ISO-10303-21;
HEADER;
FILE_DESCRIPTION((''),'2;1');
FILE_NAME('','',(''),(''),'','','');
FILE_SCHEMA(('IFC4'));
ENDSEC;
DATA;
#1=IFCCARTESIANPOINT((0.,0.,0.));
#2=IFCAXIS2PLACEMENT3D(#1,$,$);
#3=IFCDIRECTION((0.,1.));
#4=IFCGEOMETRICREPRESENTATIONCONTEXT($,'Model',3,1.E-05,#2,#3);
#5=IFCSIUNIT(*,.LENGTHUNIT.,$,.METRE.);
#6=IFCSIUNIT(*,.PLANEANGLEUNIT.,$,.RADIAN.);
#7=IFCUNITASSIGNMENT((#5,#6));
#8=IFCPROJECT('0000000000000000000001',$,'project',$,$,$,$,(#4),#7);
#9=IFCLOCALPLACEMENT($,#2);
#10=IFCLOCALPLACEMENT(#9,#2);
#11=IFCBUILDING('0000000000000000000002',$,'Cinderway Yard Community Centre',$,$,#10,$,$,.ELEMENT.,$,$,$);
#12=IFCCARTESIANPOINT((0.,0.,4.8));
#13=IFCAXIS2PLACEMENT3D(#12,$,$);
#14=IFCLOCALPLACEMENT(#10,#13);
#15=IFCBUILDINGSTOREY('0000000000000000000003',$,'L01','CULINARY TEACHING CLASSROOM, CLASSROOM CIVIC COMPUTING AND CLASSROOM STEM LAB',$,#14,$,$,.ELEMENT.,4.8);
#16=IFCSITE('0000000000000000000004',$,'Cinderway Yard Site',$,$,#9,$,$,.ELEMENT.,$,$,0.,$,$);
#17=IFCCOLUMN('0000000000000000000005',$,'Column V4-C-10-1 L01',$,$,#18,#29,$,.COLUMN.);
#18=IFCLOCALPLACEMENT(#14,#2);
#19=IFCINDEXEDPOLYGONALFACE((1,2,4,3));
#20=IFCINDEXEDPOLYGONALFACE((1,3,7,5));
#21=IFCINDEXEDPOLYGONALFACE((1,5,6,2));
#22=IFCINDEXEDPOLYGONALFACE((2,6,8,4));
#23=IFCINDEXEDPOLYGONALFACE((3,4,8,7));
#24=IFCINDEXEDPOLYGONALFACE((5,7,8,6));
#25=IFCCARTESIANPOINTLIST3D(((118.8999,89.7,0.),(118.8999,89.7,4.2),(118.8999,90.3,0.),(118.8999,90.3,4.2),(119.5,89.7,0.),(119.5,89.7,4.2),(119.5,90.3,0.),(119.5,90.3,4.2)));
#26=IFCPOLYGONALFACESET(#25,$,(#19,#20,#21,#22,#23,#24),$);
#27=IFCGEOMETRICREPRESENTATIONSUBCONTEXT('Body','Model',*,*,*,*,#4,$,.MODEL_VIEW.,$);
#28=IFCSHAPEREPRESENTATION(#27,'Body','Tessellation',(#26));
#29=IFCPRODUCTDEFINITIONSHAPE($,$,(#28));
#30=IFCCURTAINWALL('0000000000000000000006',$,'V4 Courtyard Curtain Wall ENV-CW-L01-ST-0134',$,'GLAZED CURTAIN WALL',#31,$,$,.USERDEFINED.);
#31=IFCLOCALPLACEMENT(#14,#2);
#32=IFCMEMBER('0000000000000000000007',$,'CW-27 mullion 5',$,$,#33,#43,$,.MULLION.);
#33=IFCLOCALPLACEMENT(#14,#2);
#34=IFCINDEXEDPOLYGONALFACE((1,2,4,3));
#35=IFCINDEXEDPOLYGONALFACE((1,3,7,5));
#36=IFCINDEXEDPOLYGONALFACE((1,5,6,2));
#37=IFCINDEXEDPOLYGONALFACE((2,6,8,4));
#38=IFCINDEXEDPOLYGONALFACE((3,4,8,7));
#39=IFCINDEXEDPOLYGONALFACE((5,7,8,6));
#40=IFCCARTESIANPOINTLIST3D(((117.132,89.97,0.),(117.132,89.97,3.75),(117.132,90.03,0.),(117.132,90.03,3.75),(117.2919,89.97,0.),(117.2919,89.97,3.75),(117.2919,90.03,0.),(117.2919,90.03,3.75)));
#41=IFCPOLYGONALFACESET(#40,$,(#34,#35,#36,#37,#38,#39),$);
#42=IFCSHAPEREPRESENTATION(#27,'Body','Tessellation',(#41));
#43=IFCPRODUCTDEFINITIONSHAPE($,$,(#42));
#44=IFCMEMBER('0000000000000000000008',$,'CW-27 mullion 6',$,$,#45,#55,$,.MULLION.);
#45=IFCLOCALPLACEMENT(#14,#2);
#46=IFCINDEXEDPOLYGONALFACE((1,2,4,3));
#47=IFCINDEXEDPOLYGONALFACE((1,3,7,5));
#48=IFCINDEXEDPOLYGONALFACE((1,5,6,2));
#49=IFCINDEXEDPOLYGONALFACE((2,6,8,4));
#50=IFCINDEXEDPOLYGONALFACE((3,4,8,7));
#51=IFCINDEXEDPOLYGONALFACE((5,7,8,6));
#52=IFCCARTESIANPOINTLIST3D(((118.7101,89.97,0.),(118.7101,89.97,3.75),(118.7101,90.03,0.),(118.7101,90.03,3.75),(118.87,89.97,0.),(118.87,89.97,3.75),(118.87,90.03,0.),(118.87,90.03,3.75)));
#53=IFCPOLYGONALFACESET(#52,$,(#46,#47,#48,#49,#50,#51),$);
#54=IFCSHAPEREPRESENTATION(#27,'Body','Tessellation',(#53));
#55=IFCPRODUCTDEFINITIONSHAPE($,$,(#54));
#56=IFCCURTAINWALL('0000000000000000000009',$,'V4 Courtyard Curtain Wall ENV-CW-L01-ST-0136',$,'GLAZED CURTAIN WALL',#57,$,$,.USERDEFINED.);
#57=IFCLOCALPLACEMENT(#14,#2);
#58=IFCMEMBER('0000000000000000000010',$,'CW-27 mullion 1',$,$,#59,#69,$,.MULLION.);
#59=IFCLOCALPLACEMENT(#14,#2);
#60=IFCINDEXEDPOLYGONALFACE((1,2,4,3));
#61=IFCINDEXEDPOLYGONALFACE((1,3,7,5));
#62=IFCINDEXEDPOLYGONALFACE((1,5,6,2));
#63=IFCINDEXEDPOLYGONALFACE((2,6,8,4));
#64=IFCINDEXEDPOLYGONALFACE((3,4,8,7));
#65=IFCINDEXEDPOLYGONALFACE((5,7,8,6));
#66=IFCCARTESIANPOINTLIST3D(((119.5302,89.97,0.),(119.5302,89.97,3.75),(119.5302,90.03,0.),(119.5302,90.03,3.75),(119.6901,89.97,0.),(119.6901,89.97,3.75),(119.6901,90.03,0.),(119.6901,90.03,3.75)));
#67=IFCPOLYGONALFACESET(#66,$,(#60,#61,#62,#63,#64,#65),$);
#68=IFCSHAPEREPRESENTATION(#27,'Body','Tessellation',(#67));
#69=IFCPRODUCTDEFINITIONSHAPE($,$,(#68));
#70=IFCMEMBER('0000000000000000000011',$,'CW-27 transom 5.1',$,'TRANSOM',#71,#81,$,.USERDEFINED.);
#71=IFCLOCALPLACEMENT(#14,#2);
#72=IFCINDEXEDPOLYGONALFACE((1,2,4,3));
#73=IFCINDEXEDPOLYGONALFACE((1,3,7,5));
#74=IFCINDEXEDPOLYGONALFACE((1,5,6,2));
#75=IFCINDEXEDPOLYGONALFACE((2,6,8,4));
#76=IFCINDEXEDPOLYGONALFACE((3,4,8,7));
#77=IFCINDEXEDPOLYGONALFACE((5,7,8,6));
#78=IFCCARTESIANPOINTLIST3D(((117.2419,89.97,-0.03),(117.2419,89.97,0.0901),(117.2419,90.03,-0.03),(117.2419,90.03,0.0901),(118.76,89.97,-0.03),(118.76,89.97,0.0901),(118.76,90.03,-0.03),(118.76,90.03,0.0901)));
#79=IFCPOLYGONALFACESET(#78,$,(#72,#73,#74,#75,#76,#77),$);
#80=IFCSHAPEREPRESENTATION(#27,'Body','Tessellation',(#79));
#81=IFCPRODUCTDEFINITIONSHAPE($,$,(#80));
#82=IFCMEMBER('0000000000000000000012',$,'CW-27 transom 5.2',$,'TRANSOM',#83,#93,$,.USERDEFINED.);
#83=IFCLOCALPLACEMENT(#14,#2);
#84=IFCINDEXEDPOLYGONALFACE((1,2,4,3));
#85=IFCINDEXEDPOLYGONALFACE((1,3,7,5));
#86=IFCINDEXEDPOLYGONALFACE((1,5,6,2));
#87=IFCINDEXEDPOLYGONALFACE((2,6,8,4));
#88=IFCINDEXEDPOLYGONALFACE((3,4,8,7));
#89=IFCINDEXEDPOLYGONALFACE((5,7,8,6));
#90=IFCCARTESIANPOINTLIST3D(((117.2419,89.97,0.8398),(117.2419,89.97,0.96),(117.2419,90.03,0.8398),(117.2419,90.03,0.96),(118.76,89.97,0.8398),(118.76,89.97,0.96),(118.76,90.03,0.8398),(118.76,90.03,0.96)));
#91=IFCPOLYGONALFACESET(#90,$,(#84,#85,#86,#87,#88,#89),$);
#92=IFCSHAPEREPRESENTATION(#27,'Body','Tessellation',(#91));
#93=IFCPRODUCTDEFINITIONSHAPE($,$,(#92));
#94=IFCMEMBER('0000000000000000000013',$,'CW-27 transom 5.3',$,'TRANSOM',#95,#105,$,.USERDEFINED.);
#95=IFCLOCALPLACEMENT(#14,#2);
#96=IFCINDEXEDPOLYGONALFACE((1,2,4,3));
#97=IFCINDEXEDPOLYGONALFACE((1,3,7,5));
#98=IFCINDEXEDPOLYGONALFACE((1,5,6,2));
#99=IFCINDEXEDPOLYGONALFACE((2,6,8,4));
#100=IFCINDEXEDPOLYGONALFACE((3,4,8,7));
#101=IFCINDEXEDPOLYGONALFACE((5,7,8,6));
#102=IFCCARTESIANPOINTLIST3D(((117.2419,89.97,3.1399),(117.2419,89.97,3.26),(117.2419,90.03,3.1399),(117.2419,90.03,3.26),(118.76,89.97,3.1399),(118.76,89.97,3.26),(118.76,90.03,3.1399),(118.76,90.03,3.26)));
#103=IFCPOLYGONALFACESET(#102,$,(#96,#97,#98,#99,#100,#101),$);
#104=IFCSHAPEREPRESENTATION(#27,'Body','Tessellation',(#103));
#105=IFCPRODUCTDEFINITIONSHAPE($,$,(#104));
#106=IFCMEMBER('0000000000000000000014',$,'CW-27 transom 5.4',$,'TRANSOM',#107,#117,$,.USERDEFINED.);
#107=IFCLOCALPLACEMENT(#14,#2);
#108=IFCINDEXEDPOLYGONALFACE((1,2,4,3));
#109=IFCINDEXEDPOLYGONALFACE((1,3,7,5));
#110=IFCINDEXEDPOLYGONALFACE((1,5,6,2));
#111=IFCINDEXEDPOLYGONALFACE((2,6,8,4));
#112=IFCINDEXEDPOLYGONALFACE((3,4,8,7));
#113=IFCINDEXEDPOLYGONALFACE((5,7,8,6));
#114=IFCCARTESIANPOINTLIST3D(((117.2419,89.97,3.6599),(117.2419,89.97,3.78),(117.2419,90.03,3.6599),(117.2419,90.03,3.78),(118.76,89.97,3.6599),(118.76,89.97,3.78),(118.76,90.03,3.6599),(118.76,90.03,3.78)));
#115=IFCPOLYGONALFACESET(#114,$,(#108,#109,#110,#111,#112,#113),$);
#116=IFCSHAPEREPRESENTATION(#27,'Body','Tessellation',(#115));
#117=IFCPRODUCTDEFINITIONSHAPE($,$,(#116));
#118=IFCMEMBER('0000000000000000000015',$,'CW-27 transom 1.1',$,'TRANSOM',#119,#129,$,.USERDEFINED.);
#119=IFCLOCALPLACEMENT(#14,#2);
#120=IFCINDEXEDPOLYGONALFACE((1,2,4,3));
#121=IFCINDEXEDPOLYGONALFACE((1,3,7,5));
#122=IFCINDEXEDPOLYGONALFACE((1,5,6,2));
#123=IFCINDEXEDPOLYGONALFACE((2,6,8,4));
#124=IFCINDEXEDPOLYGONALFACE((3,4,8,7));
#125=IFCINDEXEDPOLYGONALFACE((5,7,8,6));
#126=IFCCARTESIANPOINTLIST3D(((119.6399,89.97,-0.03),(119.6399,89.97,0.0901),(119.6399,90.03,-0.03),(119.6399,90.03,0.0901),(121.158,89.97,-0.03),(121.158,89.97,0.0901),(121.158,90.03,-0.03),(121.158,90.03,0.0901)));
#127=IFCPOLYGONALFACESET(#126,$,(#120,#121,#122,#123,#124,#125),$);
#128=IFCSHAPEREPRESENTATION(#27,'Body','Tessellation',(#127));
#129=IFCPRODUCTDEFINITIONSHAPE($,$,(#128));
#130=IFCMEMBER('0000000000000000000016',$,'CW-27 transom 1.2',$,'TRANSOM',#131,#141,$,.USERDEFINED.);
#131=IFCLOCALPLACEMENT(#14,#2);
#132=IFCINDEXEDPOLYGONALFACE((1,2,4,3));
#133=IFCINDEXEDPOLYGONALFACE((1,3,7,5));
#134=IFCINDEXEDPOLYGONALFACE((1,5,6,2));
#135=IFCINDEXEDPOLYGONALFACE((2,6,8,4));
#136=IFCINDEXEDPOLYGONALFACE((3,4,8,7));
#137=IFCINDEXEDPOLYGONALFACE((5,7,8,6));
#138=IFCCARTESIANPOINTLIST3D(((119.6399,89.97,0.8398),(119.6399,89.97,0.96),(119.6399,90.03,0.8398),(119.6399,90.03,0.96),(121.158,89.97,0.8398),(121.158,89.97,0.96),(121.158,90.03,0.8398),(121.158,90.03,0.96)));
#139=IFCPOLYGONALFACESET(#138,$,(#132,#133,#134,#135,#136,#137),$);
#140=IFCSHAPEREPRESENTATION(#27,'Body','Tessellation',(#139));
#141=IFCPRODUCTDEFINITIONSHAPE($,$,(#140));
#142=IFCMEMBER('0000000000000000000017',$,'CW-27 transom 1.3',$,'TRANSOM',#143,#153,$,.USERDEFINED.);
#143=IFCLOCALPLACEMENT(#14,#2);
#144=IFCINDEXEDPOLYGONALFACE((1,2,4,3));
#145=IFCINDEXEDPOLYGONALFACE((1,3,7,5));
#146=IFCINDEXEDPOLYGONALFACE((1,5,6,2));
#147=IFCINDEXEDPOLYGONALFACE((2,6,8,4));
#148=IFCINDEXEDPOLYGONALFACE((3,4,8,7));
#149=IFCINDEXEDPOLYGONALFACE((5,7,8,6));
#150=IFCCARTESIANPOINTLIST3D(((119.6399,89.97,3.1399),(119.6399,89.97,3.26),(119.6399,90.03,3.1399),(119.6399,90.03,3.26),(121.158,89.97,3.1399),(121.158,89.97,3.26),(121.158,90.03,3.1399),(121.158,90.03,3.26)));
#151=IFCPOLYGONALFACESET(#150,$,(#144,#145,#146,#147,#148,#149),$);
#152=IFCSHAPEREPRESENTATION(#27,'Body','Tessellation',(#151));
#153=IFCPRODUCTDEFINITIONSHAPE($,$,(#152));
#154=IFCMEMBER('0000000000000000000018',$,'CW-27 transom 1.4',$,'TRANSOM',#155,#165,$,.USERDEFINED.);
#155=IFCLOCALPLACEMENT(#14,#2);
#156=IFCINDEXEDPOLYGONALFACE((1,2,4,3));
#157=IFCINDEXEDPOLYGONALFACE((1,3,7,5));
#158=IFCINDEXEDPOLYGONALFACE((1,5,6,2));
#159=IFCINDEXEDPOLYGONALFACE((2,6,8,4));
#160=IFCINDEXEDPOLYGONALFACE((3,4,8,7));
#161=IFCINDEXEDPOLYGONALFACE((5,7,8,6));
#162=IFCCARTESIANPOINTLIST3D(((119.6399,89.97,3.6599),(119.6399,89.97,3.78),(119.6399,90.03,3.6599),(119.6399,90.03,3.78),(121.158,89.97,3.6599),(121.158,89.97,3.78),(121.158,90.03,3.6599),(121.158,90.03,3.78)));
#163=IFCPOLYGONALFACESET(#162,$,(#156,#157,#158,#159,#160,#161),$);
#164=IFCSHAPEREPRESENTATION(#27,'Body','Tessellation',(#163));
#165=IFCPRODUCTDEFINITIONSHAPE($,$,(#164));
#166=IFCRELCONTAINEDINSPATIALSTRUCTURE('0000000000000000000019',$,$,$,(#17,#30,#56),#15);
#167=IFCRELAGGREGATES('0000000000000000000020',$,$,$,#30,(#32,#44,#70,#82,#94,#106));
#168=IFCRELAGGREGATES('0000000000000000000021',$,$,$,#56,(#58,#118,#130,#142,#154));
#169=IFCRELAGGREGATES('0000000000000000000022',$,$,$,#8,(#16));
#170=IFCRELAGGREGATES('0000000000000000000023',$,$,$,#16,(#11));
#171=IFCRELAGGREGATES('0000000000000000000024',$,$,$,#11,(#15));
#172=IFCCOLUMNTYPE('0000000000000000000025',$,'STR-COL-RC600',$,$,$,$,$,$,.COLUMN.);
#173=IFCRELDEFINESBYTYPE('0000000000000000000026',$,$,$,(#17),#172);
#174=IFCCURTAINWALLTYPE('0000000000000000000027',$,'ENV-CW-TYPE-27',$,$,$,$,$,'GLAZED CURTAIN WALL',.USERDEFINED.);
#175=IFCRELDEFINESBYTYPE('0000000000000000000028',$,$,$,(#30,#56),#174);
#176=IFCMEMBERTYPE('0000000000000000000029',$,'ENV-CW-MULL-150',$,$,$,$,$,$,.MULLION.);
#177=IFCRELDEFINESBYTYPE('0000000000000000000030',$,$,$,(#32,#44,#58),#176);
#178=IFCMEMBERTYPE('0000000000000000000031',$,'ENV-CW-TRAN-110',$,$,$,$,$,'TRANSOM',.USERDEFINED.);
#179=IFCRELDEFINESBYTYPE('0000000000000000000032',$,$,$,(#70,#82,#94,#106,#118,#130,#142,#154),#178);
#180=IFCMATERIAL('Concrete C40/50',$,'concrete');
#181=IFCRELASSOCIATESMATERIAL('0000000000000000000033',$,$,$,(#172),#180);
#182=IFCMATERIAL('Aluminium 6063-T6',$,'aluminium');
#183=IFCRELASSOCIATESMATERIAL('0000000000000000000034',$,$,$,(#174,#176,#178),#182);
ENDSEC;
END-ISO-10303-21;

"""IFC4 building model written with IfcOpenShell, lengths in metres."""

from ifc_helpers import new_model, si_unit, direction, frame, origin, origin_2d, place, context, subcontext, project, spatial, rectangle, extrude, material, material_profile, profile_set, type_object, element, aggregate, save


model = new_model("IFC4")

# Units and contexts
model_context = context("Model", 3, precision=1e-05, world=origin(), true_north=direction((0.0, 1.0)))
body_context = subcontext(model_context, "Body", "Model", "MODEL_VIEW")
ifc_project = project(units=[si_unit("LENGTHUNIT", "METRE"), si_unit("PLANEANGLEUNIT", "RADIAN")], contexts=[model_context])

# Site, building, storey
site_placement = place(None, origin())
site = spatial("IfcSite", under=ifc_project, at=site_placement, Name="Cinderway Yard Site", CompositionType="ELEMENT", RefElevation=0.0)
building_placement = place(site_placement, origin())
building = spatial("IfcBuilding", under=site, at=building_placement, Name="Cinderway Yard Community Centre", CompositionType="ELEMENT")
storey_placement = place(building_placement, frame((0.0, 0.0, 4.8)))
storey = spatial("IfcBuildingStorey", under=building, at=storey_placement, Name="L01", Description="CULINARY TEACHING CLASSROOM, CLASSROOM CIVIC COMPUTING AND CLASSROOM STEM LAB", CompositionType="ELEMENT", Elevation=4.8)

# Column
ifc_material_1 = material(Name="Concrete C40/50", Category="concrete")
ifc_material_profile_1 = material_profile(ifc_material_1, rectangle(XDim=0.6001, YDim=0.6001, at=origin_2d()), Name="Concrete C40/50")
ifc_profile_set_1 = profile_set([ifc_material_profile_1], Name="Concrete C40/50")
column_type = type_object("IfcColumnType", Name="STR-COL-RC600", PredefinedType="COLUMN", material=ifc_profile_set_1)
column_placement = place(storey_placement, frame((119.2, 90.0, 0.0), z_axis=(0.0, 0.0, 1.0), x_axis=(1.0, 0.0, 0.0)))
element("IfcColumn", 1, at=column_placement, inside=storey, type_object=column_type, Name="Column V4-C-10-1 L01", PredefinedType="COLUMN", context=body_context, shape_type="SweptSolid", body=[
    extrude(rectangle(XDim=0.6001, YDim=0.6001, at=origin_2d()), origin(), (0.0, 0.0, 1.0), 4.2),
])

# Curtain wall, members
ifc_material_2 = material(Name="Aluminium 6063-T6", Category="aluminium")
curtain_wall_type = type_object("IfcCurtainWallType", Name="ENV-CW-TYPE-27", ElementType="GLAZED CURTAIN WALL", PredefinedType="USERDEFINED", material=ifc_material_2)
curtain_wall_1_placement = place(storey_placement, origin())
curtain_wall_1 = element("IfcCurtainWall", 2, at=curtain_wall_1_placement, inside=storey, type_object=curtain_wall_type, Name="V4 Courtyard Curtain Wall ENV-CW-L01-ST-0134", ObjectType="GLAZED CURTAIN WALL", PredefinedType="USERDEFINED")
ifc_material_profile_2 = material_profile(ifc_material_2, rectangle(XDim=0.0601, YDim=0.1599, at=origin_2d()), Name="Aluminium 6063-T6")
ifc_profile_set_2 = profile_set([ifc_material_profile_2], Name="Aluminium 6063-T6")
member_type_1 = type_object("IfcMemberType", Name="ENV-CW-MULL-150", PredefinedType="MULLION", material=ifc_profile_set_2)
member_1_placement = place(storey_placement, frame((117.2119, 90.0, 0.0), z_axis=(0.0, 0.0, 1.0), x_axis=(0.0, 1.0, 0.0)))
member_1 = element("IfcMember", 3, at=member_1_placement, type_object=member_type_1, Name="CW-27 mullion 5", PredefinedType="MULLION", context=body_context, shape_type="SweptSolid", body=[
    extrude(rectangle(XDim=0.0601, YDim=0.1599, at=origin_2d()), origin(), (0.0, 0.0, 1.0), 3.75),
])
member_2_placement = place(storey_placement, frame((118.79, 90.0, 0.0), z_axis=(0.0, 0.0, 1.0), x_axis=(0.0, 1.0, 0.0)))
member_2 = element("IfcMember", 4, at=member_2_placement, type_object=member_type_1, Name="CW-27 mullion 6", PredefinedType="MULLION", context=body_context, shape_type="SweptSolid", body=[
    extrude(rectangle(XDim=0.0601, YDim=0.1599, at=origin_2d()), origin(), (0.0, 0.0, 1.0), 3.75),
])

# Curtain wall, member
curtain_wall_2_placement = place(storey_placement, origin())
curtain_wall_2 = element("IfcCurtainWall", 5, at=curtain_wall_2_placement, inside=storey, type_object=curtain_wall_type, Name="V4 Courtyard Curtain Wall ENV-CW-L01-ST-0136", ObjectType="GLAZED CURTAIN WALL", PredefinedType="USERDEFINED")
member_3_placement = place(storey_placement, frame((119.6101, 90.0, 0.0), z_axis=(0.0, 0.0, 1.0), x_axis=(0.0, 1.0, 0.0)))
member_3 = element("IfcMember", 6, at=member_3_placement, type_object=member_type_1, Name="CW-27 mullion 1", PredefinedType="MULLION", context=body_context, shape_type="SweptSolid", body=[
    extrude(rectangle(XDim=0.0601, YDim=0.1599, at=origin_2d()), origin(), (0.0, 0.0, 1.0), 3.75),
])

# Members
ifc_material_profile_3 = material_profile(ifc_material_2, rectangle(XDim=0.0601, YDim=0.1201, at=origin_2d()), Name="Aluminium 6063-T6")
ifc_profile_set_3 = profile_set([ifc_material_profile_3], Name="Aluminium 6063-T6")
member_type_2 = type_object("IfcMemberType", Name="ENV-CW-TRAN-110", ElementType="TRANSOM", PredefinedType="USERDEFINED", material=ifc_profile_set_3)
member_4_placement = place(storey_placement, frame((117.2419, 90.0, 0.03), z_axis=(1.0, 0.0, 0.0), x_axis=(0.0, 1.0, 0.0)))
member_4 = element("IfcMember", 7, at=member_4_placement, type_object=member_type_2, Name="CW-27 transom 5.1", ObjectType="TRANSOM", PredefinedType="USERDEFINED", context=body_context, shape_type="SweptSolid", body=[
    extrude(rectangle(XDim=0.0601, YDim=0.1201, at=origin_2d()), origin(), (0.0, 0.0, 1.0), 1.5181),
])
member_5_placement = place(storey_placement, frame((117.2419, 90.0, 0.8999), z_axis=(1.0, 0.0, 0.0), x_axis=(0.0, 1.0, 0.0)))
member_5 = element("IfcMember", 8, at=member_5_placement, type_object=member_type_2, Name="CW-27 transom 5.2", ObjectType="TRANSOM", PredefinedType="USERDEFINED", context=body_context, shape_type="SweptSolid", body=[
    extrude(rectangle(XDim=0.0601, YDim=0.1201, at=origin_2d()), origin(), (0.0, 0.0, 1.0), 1.5181),
])
member_6_placement = place(storey_placement, frame((117.2419, 90.0, 3.2), z_axis=(1.0, 0.0, 0.0), x_axis=(0.0, 1.0, 0.0)))
member_6 = element("IfcMember", 9, at=member_6_placement, type_object=member_type_2, Name="CW-27 transom 5.3", ObjectType="TRANSOM", PredefinedType="USERDEFINED", context=body_context, shape_type="SweptSolid", body=[
    extrude(rectangle(XDim=0.0601, YDim=0.1201, at=origin_2d()), origin(), (0.0, 0.0, 1.0), 1.5181),
])
member_7_placement = place(storey_placement, frame((117.2419, 90.0, 3.72), z_axis=(1.0, 0.0, 0.0), x_axis=(0.0, 1.0, 0.0)))
member_7 = element("IfcMember", 10, at=member_7_placement, type_object=member_type_2, Name="CW-27 transom 5.4", ObjectType="TRANSOM", PredefinedType="USERDEFINED", context=body_context, shape_type="SweptSolid", body=[
    extrude(rectangle(XDim=0.0601, YDim=0.1201, at=origin_2d()), origin(), (0.0, 0.0, 1.0), 1.5181),
])
member_8_placement = place(storey_placement, frame((119.6399, 90.0, 0.03), z_axis=(1.0, 0.0, 0.0), x_axis=(0.0, 1.0, 0.0)))
member_8 = element("IfcMember", 11, at=member_8_placement, type_object=member_type_2, Name="CW-27 transom 1.1", ObjectType="TRANSOM", PredefinedType="USERDEFINED", context=body_context, shape_type="SweptSolid", body=[
    extrude(rectangle(XDim=0.0601, YDim=0.1201, at=origin_2d()), origin(), (0.0, 0.0, 1.0), 1.5181),
])
member_9_placement = place(storey_placement, frame((119.6399, 90.0, 0.8999), z_axis=(1.0, 0.0, 0.0), x_axis=(0.0, 1.0, 0.0)))
member_9 = element("IfcMember", 12, at=member_9_placement, type_object=member_type_2, Name="CW-27 transom 1.2", ObjectType="TRANSOM", PredefinedType="USERDEFINED", context=body_context, shape_type="SweptSolid", body=[
    extrude(rectangle(XDim=0.0601, YDim=0.1201, at=origin_2d()), origin(), (0.0, 0.0, 1.0), 1.5181),
])
member_10_placement = place(storey_placement, frame((119.6399, 90.0, 3.2), z_axis=(1.0, 0.0, 0.0), x_axis=(0.0, 1.0, 0.0)))
member_10 = element("IfcMember", 13, at=member_10_placement, type_object=member_type_2, Name="CW-27 transom 1.3", ObjectType="TRANSOM", PredefinedType="USERDEFINED", context=body_context, shape_type="SweptSolid", body=[
    extrude(rectangle(XDim=0.0601, YDim=0.1201, at=origin_2d()), origin(), (0.0, 0.0, 1.0), 1.5181),
])
member_11_placement = place(storey_placement, frame((119.6399, 90.0, 3.72), z_axis=(1.0, 0.0, 0.0), x_axis=(0.0, 1.0, 0.0)))
member_11 = element("IfcMember", 14, at=member_11_placement, type_object=member_type_2, Name="CW-27 transom 1.4", ObjectType="TRANSOM", PredefinedType="USERDEFINED", context=body_context, shape_type="SweptSolid", body=[
    extrude(rectangle(XDim=0.0601, YDim=0.1201, at=origin_2d()), origin(), (0.0, 0.0, 1.0), 1.5181),
])

aggregate(curtain_wall_1, [member_1, member_2, member_4, member_5, member_6, member_7])
aggregate(curtain_wall_2, [member_3, member_8, member_9, member_10, member_11])

save(model, "model.ifc")
